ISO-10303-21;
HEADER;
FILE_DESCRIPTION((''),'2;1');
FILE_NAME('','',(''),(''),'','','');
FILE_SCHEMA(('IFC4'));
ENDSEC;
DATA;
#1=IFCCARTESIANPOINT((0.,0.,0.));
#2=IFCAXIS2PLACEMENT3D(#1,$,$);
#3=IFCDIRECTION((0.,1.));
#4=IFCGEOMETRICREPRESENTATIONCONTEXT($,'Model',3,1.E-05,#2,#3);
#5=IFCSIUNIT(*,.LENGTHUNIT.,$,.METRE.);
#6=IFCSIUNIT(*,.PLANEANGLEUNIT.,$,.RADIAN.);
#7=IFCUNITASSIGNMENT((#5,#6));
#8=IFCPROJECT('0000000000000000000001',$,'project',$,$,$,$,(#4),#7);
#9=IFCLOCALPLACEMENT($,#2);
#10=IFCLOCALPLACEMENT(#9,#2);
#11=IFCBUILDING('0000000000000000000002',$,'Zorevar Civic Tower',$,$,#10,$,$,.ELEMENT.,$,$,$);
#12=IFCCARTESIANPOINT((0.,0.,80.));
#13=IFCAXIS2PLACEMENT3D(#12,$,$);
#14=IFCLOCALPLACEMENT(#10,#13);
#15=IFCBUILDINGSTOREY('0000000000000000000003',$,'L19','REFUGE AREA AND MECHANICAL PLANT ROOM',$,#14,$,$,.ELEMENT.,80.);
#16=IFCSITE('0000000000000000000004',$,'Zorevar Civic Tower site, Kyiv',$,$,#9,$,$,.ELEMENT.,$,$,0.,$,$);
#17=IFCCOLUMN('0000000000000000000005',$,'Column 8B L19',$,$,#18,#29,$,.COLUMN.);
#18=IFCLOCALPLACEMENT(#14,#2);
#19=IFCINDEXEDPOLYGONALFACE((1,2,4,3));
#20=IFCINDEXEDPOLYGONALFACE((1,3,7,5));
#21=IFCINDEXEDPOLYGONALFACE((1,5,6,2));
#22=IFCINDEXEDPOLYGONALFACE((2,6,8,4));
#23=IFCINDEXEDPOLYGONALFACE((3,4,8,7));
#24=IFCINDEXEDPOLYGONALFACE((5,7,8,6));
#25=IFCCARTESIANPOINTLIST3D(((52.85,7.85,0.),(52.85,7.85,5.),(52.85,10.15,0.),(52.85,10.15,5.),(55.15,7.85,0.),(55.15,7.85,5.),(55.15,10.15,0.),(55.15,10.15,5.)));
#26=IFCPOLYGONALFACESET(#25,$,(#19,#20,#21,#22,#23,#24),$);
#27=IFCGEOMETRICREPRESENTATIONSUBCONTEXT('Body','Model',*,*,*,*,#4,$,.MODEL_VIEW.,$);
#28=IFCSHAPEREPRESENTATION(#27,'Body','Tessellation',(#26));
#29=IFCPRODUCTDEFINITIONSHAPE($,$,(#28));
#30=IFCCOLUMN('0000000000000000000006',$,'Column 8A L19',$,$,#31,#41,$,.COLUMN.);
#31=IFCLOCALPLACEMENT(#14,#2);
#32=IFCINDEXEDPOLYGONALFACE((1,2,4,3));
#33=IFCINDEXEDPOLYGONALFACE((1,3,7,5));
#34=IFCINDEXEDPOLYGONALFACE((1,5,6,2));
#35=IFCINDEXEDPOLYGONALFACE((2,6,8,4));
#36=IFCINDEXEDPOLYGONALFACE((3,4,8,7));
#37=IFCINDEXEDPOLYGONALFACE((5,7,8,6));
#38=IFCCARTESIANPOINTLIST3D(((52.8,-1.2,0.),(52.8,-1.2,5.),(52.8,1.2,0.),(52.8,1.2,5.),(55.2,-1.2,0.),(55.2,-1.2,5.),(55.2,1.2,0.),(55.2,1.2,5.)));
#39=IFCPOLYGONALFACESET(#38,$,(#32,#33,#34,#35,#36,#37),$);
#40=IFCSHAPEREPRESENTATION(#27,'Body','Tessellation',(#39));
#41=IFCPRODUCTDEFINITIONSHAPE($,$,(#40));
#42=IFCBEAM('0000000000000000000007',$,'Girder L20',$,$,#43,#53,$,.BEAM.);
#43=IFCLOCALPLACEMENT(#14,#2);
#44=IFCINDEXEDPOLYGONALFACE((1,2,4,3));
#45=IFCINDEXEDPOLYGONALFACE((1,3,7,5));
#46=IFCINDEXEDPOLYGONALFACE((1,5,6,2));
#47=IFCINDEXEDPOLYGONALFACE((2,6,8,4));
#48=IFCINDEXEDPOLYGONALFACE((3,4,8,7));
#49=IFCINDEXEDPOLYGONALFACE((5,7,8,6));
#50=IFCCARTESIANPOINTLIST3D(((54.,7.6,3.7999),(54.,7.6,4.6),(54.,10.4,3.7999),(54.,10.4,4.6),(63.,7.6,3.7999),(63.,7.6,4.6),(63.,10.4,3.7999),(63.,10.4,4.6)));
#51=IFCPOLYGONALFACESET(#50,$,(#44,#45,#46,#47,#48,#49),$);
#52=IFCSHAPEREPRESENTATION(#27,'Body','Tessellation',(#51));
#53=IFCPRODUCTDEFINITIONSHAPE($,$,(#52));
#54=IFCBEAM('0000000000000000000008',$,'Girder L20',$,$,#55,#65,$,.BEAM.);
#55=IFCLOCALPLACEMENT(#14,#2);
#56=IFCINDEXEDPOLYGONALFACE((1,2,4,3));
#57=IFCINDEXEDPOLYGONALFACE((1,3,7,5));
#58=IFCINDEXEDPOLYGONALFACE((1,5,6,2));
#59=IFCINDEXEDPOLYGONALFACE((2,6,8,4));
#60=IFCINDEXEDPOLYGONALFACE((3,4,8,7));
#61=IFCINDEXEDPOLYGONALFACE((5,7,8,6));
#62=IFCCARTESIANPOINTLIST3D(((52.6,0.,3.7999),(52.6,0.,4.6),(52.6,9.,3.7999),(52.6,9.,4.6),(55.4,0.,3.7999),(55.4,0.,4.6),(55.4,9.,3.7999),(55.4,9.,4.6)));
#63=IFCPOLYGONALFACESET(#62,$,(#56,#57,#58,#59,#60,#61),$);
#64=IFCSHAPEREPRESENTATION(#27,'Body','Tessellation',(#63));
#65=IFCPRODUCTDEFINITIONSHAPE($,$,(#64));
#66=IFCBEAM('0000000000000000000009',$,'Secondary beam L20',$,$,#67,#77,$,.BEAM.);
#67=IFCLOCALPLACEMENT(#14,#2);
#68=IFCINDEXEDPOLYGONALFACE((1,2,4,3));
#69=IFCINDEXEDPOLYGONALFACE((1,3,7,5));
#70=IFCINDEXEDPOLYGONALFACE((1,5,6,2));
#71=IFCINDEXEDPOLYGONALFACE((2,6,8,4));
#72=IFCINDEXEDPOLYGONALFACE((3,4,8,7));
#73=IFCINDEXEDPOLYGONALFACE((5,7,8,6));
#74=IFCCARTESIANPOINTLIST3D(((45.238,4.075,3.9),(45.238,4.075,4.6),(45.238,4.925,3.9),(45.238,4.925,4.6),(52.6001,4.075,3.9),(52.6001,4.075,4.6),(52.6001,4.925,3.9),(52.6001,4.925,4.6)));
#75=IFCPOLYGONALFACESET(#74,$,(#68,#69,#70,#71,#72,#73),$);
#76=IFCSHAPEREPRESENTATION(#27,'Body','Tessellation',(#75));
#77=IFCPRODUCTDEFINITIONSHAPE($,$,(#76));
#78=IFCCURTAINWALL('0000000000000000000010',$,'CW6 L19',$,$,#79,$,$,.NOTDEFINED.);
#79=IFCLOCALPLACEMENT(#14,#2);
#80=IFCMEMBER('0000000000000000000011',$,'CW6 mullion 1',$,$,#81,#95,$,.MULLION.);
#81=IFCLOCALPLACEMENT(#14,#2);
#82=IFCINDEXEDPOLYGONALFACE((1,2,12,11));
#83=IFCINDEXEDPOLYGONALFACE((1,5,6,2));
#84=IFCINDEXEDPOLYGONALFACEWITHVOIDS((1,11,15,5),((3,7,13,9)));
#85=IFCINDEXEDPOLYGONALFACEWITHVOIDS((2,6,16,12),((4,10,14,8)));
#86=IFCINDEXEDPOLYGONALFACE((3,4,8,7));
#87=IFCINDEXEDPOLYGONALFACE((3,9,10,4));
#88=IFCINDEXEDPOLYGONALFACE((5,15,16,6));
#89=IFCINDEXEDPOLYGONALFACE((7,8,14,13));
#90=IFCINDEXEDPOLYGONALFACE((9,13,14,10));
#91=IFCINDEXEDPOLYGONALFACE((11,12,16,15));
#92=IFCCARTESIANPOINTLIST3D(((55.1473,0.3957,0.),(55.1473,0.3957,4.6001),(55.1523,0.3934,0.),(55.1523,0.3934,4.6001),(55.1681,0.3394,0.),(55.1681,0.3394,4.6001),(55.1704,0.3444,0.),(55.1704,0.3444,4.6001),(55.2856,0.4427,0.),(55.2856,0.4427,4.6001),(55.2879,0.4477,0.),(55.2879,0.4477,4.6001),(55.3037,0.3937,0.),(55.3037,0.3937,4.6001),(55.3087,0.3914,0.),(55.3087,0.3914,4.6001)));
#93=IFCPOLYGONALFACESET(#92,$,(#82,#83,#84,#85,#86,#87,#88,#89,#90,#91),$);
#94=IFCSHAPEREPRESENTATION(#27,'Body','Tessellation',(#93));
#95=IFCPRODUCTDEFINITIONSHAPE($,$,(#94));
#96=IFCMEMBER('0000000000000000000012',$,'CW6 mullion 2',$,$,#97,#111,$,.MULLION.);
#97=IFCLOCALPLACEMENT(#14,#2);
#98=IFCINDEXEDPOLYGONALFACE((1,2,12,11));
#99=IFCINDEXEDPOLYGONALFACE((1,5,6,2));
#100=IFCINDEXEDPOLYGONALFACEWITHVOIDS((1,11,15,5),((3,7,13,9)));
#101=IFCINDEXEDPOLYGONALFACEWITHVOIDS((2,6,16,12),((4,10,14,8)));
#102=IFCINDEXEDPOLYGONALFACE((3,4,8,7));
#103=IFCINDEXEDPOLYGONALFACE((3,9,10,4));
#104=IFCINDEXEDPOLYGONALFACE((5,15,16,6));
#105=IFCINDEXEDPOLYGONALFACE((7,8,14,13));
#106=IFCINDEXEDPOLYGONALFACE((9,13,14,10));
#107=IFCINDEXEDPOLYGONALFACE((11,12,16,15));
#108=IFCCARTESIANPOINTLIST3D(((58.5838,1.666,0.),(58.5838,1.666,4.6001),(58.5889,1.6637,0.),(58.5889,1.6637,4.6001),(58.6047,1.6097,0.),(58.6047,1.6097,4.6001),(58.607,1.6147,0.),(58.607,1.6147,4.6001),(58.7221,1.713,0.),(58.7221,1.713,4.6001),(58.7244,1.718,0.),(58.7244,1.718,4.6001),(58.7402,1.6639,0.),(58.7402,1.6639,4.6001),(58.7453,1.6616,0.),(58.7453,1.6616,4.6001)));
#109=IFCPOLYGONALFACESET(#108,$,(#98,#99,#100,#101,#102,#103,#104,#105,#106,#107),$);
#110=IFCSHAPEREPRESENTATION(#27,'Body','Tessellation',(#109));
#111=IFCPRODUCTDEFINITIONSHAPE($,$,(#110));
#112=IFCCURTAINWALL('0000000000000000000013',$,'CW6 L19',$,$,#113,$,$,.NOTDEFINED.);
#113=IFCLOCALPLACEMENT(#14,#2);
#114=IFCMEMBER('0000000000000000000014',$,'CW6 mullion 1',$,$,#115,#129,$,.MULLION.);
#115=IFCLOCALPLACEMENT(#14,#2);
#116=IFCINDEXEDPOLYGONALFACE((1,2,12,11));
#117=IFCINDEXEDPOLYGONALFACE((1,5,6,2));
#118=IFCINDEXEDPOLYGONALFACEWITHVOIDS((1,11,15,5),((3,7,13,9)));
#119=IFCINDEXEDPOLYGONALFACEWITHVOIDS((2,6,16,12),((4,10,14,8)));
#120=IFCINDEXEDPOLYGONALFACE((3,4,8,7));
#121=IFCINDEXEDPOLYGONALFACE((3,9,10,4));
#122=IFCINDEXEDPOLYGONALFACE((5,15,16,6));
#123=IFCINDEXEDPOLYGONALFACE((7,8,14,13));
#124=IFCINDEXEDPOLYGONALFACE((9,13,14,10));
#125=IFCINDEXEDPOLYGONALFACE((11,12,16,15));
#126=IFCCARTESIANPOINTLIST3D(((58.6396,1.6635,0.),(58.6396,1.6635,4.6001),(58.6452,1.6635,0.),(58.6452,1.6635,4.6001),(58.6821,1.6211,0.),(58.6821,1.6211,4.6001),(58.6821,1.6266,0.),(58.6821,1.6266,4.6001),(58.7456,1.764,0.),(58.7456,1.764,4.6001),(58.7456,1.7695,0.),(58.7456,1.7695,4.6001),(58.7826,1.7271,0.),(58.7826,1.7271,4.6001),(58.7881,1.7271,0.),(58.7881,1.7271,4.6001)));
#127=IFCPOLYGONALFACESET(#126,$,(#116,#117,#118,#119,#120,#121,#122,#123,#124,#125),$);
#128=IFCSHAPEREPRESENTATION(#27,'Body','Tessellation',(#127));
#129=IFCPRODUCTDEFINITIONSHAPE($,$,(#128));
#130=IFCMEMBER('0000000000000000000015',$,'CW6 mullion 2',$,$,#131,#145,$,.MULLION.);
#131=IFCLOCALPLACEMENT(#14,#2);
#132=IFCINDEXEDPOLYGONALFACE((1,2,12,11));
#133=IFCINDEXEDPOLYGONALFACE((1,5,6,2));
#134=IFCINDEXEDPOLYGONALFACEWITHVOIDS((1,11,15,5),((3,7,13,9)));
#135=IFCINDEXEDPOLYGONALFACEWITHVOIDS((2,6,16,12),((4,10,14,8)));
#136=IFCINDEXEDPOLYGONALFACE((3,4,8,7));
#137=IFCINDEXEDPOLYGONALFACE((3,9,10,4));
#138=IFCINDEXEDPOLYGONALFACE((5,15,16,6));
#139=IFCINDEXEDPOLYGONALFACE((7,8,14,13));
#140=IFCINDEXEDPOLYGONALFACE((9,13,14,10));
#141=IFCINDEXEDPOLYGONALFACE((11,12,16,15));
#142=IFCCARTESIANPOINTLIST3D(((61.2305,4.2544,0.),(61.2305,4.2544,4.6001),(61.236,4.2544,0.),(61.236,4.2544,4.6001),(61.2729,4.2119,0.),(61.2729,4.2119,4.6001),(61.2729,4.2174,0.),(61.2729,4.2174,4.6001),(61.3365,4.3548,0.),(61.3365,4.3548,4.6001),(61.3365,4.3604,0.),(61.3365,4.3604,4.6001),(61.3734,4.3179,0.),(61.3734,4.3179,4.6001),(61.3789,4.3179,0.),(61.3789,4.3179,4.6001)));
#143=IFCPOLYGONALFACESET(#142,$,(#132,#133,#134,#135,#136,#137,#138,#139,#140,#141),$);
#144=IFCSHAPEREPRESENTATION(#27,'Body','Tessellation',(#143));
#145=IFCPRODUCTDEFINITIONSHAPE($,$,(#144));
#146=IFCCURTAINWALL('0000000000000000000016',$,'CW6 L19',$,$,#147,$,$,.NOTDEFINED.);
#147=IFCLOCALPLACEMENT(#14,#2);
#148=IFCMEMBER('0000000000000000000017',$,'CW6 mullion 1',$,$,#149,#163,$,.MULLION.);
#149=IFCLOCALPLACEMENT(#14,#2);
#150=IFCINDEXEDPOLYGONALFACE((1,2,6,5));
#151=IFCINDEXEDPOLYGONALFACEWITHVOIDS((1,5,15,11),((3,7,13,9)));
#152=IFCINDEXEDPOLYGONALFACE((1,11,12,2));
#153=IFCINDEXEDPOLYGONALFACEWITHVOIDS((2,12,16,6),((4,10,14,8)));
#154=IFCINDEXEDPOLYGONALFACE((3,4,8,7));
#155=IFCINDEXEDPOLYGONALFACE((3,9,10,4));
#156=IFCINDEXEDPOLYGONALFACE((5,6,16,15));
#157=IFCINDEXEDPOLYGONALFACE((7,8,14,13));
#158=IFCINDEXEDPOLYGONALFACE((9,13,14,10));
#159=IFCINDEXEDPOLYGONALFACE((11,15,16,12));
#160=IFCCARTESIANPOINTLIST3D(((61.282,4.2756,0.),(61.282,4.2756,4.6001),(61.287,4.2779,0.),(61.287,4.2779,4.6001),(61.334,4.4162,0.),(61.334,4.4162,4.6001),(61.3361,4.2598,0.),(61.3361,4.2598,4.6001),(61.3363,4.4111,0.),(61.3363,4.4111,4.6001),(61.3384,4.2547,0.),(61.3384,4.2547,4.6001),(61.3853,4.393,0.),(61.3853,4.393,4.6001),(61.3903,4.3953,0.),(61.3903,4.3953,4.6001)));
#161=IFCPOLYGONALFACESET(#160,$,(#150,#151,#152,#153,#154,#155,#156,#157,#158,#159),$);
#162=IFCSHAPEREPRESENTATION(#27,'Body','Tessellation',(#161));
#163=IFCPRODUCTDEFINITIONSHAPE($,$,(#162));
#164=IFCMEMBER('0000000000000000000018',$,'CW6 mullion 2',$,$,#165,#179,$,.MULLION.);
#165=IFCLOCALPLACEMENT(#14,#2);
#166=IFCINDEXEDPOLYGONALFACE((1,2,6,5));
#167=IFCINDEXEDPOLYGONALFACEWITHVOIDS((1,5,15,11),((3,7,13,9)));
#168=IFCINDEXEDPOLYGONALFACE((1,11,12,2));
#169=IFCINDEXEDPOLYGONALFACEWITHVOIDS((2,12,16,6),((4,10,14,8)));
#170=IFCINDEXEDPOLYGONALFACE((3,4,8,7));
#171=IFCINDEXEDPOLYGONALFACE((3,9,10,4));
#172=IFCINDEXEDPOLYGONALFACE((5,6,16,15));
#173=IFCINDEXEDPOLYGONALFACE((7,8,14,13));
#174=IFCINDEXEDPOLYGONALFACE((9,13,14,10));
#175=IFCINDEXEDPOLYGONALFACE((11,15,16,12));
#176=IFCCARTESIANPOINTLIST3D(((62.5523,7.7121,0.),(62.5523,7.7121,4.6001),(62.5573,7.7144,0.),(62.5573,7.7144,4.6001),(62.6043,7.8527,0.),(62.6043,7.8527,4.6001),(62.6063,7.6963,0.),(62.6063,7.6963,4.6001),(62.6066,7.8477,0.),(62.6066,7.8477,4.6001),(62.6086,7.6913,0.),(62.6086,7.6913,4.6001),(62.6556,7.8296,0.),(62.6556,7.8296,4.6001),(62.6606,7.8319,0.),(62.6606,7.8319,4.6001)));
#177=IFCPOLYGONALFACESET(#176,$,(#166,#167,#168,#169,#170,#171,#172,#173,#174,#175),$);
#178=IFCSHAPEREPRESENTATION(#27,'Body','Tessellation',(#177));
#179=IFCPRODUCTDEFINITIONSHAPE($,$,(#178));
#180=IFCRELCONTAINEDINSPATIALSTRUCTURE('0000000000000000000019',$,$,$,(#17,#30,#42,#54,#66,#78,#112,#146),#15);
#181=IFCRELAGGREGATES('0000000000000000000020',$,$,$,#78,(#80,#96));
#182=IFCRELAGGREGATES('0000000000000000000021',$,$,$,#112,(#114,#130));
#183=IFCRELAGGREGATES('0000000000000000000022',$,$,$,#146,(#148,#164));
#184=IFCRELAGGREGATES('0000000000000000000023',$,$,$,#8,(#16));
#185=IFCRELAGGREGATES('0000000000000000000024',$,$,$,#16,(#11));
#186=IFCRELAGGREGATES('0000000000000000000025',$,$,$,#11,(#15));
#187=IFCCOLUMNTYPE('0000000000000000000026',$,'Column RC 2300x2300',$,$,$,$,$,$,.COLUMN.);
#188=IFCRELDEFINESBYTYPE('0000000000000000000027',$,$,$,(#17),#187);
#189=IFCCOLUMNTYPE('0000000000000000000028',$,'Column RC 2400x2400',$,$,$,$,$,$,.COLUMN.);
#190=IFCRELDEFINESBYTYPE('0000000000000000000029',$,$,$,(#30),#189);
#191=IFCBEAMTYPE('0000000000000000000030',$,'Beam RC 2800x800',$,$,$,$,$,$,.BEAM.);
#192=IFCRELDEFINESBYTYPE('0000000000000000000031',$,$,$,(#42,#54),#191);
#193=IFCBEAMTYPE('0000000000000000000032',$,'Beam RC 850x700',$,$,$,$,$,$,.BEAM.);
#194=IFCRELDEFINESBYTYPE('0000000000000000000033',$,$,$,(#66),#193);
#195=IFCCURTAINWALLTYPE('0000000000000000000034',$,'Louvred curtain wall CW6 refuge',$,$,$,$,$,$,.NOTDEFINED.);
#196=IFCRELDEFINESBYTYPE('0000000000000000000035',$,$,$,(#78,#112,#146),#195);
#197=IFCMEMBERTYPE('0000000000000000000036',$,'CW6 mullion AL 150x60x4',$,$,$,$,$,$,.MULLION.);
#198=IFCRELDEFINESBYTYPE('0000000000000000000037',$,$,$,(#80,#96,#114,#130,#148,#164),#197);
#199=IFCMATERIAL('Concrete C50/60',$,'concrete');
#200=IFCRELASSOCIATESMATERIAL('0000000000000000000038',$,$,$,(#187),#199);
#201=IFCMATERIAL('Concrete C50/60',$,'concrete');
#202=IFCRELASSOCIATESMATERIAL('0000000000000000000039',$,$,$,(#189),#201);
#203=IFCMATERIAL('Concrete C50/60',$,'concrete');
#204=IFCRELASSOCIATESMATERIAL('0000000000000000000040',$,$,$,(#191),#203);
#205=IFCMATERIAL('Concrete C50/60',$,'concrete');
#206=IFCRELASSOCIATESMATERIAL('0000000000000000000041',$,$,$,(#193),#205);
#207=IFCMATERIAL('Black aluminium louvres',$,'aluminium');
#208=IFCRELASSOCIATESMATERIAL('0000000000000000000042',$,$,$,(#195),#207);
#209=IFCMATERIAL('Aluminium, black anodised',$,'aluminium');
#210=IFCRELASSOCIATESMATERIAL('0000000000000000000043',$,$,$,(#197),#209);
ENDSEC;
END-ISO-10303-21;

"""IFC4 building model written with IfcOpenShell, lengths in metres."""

from ifc_helpers import new_model, si_unit, direction, frame, origin, origin_2d, place, context, subcontext, project, spatial, rectangle, hollow_rectangle, extrude, material, material_profile, profile_set, type_object, element, aggregate, save


model = new_model("IFC4")

# Units and contexts
model_context = context("Model", 3, precision=1e-05, world=origin(), true_north=direction((0.0, 1.0)))
body_context = subcontext(model_context, "Body", "Model", "MODEL_VIEW")
ifc_project = project(units=[si_unit("LENGTHUNIT", "METRE"), si_unit("PLANEANGLEUNIT", "RADIAN")], contexts=[model_context])

# Site, building, storey
site_placement = place(None, origin())
site = spatial("IfcSite", under=ifc_project, at=site_placement, Name="Zorevar Civic Tower site, Kyiv", CompositionType="ELEMENT", RefElevation=0.0)
building_placement = place(site_placement, origin())
building = spatial("IfcBuilding", under=site, at=building_placement, Name="Zorevar Civic Tower", CompositionType="ELEMENT")
storey_placement = place(building_placement, frame((0.0, 0.0, 80.0)))
storey = spatial("IfcBuildingStorey", under=building, at=storey_placement, Name="L19", Description="REFUGE AREA AND MECHANICAL PLANT ROOM", CompositionType="ELEMENT", Elevation=80.0)

# Columns
ifc_material_1 = material(Name="Concrete C50/60", Category="concrete")
ifc_material_profile_1 = material_profile(ifc_material_1, rectangle(XDim=2.3, YDim=2.3, at=origin_2d()), Name="RC 2300x2300")
ifc_profile_set_1 = profile_set([ifc_material_profile_1], Name="Concrete C50/60")
column_type_1 = type_object("IfcColumnType", Name="Column RC 2300x2300", PredefinedType="COLUMN", material=ifc_profile_set_1)
column_1_placement = place(storey_placement, frame((54.0, 9.0, 0.0), z_axis=(0.0, 0.0, 1.0), x_axis=(1.0, 0.0, 0.0)))
element("IfcColumn", 1, at=column_1_placement, inside=storey, type_object=column_type_1, Name="Column 8B L19", PredefinedType="COLUMN", context=body_context, shape_type="SweptSolid", body=[
    extrude(rectangle(XDim=2.3, YDim=2.3, at=origin_2d()), origin(), (0.0, 0.0, 1.0), 5.0),
])
ifc_material_2 = material(Name="Concrete C50/60", Category="concrete")
ifc_material_profile_2 = material_profile(ifc_material_2, rectangle(XDim=2.3999, YDim=2.3999, at=origin_2d()), Name="RC 2400x2400")
ifc_profile_set_2 = profile_set([ifc_material_profile_2], Name="Concrete C50/60")
column_type_2 = type_object("IfcColumnType", Name="Column RC 2400x2400", PredefinedType="COLUMN", material=ifc_profile_set_2)
column_2_placement = place(storey_placement, frame((54.0, 0.0, 0.0), z_axis=(0.0, 0.0, 1.0), x_axis=(1.0, 0.0, 0.0)))
element("IfcColumn", 2, at=column_2_placement, inside=storey, type_object=column_type_2, Name="Column 8A L19", PredefinedType="COLUMN", context=body_context, shape_type="SweptSolid", body=[
    extrude(rectangle(XDim=2.3999, YDim=2.3999, at=origin_2d()), origin(), (0.0, 0.0, 1.0), 5.0),
])

# Beams
ifc_material_3 = material(Name="Concrete C50/60", Category="concrete")
ifc_material_profile_3 = material_profile(ifc_material_3, rectangle(XDim=2.8, YDim=0.8, at=origin_2d()), Name="RC 2800x800")
ifc_profile_set_3 = profile_set([ifc_material_profile_3], Name="Concrete C50/60")
beam_type_1 = type_object("IfcBeamType", Name="Beam RC 2800x800", PredefinedType="BEAM", material=ifc_profile_set_3)
for number, where, z_axis, x_axis, name in (
    (3, (54.0, 9.0, 4.2), (1.0, 0.0, 0.0), (0.0, 1.0, 0.0), "Girder L20"),
    (4, (54.0, 0.0, 4.2), (0.0, 1.0, 0.0), (-1.0, 0.0, 0.0), "Girder L20"),
):
    element("IfcBeam", number, at=place(storey_placement, frame(where, z_axis=z_axis, x_axis=x_axis)), inside=storey, type_object=beam_type_1, Name=name, PredefinedType="BEAM", context=body_context, shape_type="SweptSolid", body=[
        extrude(rectangle(XDim=2.8, YDim=0.8, at=origin_2d()), origin(), (0.0, 0.0, 1.0), 9.0),
    ])
ifc_material_4 = material(Name="Concrete C50/60", Category="concrete")
ifc_material_profile_4 = material_profile(ifc_material_4, rectangle(XDim=0.8501, YDim=0.7, at=origin_2d()), Name="RC 850x700")
ifc_profile_set_4 = profile_set([ifc_material_profile_4], Name="Concrete C50/60")
beam_type_2 = type_object("IfcBeamType", Name="Beam RC 850x700", PredefinedType="BEAM", material=ifc_profile_set_4)
beam_1_placement = place(storey_placement, frame((45.238, 4.5, 4.25), z_axis=(1.0, 0.0, 0.0), x_axis=(0.0, 1.0, 0.0)))
element("IfcBeam", 5, at=beam_1_placement, inside=storey, type_object=beam_type_2, Name="Secondary beam L20", PredefinedType="BEAM", context=body_context, shape_type="SweptSolid", body=[
    extrude(rectangle(XDim=0.8501, YDim=0.7, at=origin_2d()), origin(), (0.0, 0.0, 1.0), 7.3621),
])

# Curtain walls, members
ifc_material_5 = material(Name="Black aluminium louvres", Category="aluminium")
curtain_wall_type = type_object("IfcCurtainWallType", Name="Louvred curtain wall CW6 refuge", PredefinedType="NOTDEFINED", material=ifc_material_5)
curtain_wall_1_placement = place(storey_placement, origin())
curtain_wall_1 = element("IfcCurtainWall", 6, at=curtain_wall_1_placement, inside=storey, type_object=curtain_wall_type, Name="CW6 L19", PredefinedType="NOTDEFINED")
ifc_material_6 = material(Name="Aluminium, black anodised", Category="aluminium")
ifc_material_profile_5 = material_profile(ifc_material_6, hollow_rectangle(XDim=0.0601, YDim=0.1499, WallThickness=0.0039, at=origin_2d()), Name="AL 150x60x4")
ifc_profile_set_5 = profile_set([ifc_material_profile_5], Name="Aluminium, black anodised")
member_type_1 = type_object("IfcMemberType", Name="CW6 mullion AL 150x60x4", PredefinedType="MULLION", material=ifc_profile_set_5)
member_1_placement = place(storey_placement, frame((55.228, 0.3936, 0.0), z_axis=(0.0, 0.0, 1.0), x_axis=(-0.346704, 0.937975, 0.0)))
member_1 = element("IfcMember", 7, at=member_1_placement, type_object=member_type_1, Name="CW6 mullion 1", PredefinedType="MULLION", context=body_context, shape_type="SweptSolid", body=[
    extrude(hollow_rectangle(XDim=0.0601, YDim=0.1499, WallThickness=0.0039, at=origin_2d()), origin(), (0.0, 0.0, 1.0), 4.6001),
])
member_2_placement = place(storey_placement, frame((58.6646, 1.6638, 0.0), z_axis=(0.0, 0.0, 1.0), x_axis=(-0.346704, 0.937975, 0.0)))
member_2 = element("IfcMember", 8, at=member_2_placement, type_object=member_type_1, Name="CW6 mullion 2", PredefinedType="MULLION", context=body_context, shape_type="SweptSolid", body=[
    extrude(hollow_rectangle(XDim=0.0601, YDim=0.1499, WallThickness=0.0039, at=origin_2d()), origin(), (0.0, 0.0, 1.0), 4.6001),
])
curtain_wall_2_placement = place(storey_placement, origin())
curtain_wall_2 = element("IfcCurtainWall", 9, at=curtain_wall_2_placement, inside=storey, type_object=curtain_wall_type, Name="CW6 L19", PredefinedType="NOTDEFINED")
member_3_placement = place(storey_placement, frame((58.7139, 1.6953, 0.0), z_axis=(0.0, 0.0, 1.0), x_axis=(-0.707107, 0.707107, 0.0)))
member_3 = element("IfcMember", 10, at=member_3_placement, type_object=member_type_1, Name="CW6 mullion 1", PredefinedType="MULLION", context=body_context, shape_type="SweptSolid", body=[
    extrude(hollow_rectangle(XDim=0.0601, YDim=0.1499, WallThickness=0.0039, at=origin_2d()), origin(), (0.0, 0.0, 1.0), 4.6001),
])
member_4_placement = place(storey_placement, frame((61.3047, 4.2861, 0.0), z_axis=(0.0, 0.0, 1.0), x_axis=(-0.707107, 0.707107, 0.0)))
member_4 = element("IfcMember", 11, at=member_4_placement, type_object=member_type_1, Name="CW6 mullion 2", PredefinedType="MULLION", context=body_context, shape_type="SweptSolid", body=[
    extrude(hollow_rectangle(XDim=0.0601, YDim=0.1499, WallThickness=0.0039, at=origin_2d()), origin(), (0.0, 0.0, 1.0), 4.6001),
])
curtain_wall_3_placement = place(storey_placement, origin())
curtain_wall_3 = element("IfcCurtainWall", 12, at=curtain_wall_3_placement, inside=storey, type_object=curtain_wall_type, Name="CW6 L19", PredefinedType="NOTDEFINED")
member_5_placement = place(storey_placement, frame((61.3362, 4.3354, 0.0), z_axis=(0.0, 0.0, 1.0), x_axis=(-0.937975, 0.346704, 0.0)))
member_5 = element("IfcMember", 13, at=member_5_placement, type_object=member_type_1, Name="CW6 mullion 1", PredefinedType="MULLION", context=body_context, shape_type="SweptSolid", body=[
    extrude(hollow_rectangle(XDim=0.0601, YDim=0.1499, WallThickness=0.0039, at=origin_2d()), origin(), (0.0, 0.0, 1.0), 4.6001),
])
member_6_placement = place(storey_placement, frame((62.6064, 7.772, 0.0), z_axis=(0.0, 0.0, 1.0), x_axis=(-0.937975, 0.346704, 0.0)))
member_6 = element("IfcMember", 14, at=member_6_placement, type_object=member_type_1, Name="CW6 mullion 2", PredefinedType="MULLION", context=body_context, shape_type="SweptSolid", body=[
    extrude(hollow_rectangle(XDim=0.0601, YDim=0.1499, WallThickness=0.0039, at=origin_2d()), origin(), (0.0, 0.0, 1.0), 4.6001),
])

aggregate(curtain_wall_1, [member_1, member_2])
aggregate(curtain_wall_2, [member_3, member_4])
aggregate(curtain_wall_3, [member_5, member_6])

save(model, "model.ifc")
